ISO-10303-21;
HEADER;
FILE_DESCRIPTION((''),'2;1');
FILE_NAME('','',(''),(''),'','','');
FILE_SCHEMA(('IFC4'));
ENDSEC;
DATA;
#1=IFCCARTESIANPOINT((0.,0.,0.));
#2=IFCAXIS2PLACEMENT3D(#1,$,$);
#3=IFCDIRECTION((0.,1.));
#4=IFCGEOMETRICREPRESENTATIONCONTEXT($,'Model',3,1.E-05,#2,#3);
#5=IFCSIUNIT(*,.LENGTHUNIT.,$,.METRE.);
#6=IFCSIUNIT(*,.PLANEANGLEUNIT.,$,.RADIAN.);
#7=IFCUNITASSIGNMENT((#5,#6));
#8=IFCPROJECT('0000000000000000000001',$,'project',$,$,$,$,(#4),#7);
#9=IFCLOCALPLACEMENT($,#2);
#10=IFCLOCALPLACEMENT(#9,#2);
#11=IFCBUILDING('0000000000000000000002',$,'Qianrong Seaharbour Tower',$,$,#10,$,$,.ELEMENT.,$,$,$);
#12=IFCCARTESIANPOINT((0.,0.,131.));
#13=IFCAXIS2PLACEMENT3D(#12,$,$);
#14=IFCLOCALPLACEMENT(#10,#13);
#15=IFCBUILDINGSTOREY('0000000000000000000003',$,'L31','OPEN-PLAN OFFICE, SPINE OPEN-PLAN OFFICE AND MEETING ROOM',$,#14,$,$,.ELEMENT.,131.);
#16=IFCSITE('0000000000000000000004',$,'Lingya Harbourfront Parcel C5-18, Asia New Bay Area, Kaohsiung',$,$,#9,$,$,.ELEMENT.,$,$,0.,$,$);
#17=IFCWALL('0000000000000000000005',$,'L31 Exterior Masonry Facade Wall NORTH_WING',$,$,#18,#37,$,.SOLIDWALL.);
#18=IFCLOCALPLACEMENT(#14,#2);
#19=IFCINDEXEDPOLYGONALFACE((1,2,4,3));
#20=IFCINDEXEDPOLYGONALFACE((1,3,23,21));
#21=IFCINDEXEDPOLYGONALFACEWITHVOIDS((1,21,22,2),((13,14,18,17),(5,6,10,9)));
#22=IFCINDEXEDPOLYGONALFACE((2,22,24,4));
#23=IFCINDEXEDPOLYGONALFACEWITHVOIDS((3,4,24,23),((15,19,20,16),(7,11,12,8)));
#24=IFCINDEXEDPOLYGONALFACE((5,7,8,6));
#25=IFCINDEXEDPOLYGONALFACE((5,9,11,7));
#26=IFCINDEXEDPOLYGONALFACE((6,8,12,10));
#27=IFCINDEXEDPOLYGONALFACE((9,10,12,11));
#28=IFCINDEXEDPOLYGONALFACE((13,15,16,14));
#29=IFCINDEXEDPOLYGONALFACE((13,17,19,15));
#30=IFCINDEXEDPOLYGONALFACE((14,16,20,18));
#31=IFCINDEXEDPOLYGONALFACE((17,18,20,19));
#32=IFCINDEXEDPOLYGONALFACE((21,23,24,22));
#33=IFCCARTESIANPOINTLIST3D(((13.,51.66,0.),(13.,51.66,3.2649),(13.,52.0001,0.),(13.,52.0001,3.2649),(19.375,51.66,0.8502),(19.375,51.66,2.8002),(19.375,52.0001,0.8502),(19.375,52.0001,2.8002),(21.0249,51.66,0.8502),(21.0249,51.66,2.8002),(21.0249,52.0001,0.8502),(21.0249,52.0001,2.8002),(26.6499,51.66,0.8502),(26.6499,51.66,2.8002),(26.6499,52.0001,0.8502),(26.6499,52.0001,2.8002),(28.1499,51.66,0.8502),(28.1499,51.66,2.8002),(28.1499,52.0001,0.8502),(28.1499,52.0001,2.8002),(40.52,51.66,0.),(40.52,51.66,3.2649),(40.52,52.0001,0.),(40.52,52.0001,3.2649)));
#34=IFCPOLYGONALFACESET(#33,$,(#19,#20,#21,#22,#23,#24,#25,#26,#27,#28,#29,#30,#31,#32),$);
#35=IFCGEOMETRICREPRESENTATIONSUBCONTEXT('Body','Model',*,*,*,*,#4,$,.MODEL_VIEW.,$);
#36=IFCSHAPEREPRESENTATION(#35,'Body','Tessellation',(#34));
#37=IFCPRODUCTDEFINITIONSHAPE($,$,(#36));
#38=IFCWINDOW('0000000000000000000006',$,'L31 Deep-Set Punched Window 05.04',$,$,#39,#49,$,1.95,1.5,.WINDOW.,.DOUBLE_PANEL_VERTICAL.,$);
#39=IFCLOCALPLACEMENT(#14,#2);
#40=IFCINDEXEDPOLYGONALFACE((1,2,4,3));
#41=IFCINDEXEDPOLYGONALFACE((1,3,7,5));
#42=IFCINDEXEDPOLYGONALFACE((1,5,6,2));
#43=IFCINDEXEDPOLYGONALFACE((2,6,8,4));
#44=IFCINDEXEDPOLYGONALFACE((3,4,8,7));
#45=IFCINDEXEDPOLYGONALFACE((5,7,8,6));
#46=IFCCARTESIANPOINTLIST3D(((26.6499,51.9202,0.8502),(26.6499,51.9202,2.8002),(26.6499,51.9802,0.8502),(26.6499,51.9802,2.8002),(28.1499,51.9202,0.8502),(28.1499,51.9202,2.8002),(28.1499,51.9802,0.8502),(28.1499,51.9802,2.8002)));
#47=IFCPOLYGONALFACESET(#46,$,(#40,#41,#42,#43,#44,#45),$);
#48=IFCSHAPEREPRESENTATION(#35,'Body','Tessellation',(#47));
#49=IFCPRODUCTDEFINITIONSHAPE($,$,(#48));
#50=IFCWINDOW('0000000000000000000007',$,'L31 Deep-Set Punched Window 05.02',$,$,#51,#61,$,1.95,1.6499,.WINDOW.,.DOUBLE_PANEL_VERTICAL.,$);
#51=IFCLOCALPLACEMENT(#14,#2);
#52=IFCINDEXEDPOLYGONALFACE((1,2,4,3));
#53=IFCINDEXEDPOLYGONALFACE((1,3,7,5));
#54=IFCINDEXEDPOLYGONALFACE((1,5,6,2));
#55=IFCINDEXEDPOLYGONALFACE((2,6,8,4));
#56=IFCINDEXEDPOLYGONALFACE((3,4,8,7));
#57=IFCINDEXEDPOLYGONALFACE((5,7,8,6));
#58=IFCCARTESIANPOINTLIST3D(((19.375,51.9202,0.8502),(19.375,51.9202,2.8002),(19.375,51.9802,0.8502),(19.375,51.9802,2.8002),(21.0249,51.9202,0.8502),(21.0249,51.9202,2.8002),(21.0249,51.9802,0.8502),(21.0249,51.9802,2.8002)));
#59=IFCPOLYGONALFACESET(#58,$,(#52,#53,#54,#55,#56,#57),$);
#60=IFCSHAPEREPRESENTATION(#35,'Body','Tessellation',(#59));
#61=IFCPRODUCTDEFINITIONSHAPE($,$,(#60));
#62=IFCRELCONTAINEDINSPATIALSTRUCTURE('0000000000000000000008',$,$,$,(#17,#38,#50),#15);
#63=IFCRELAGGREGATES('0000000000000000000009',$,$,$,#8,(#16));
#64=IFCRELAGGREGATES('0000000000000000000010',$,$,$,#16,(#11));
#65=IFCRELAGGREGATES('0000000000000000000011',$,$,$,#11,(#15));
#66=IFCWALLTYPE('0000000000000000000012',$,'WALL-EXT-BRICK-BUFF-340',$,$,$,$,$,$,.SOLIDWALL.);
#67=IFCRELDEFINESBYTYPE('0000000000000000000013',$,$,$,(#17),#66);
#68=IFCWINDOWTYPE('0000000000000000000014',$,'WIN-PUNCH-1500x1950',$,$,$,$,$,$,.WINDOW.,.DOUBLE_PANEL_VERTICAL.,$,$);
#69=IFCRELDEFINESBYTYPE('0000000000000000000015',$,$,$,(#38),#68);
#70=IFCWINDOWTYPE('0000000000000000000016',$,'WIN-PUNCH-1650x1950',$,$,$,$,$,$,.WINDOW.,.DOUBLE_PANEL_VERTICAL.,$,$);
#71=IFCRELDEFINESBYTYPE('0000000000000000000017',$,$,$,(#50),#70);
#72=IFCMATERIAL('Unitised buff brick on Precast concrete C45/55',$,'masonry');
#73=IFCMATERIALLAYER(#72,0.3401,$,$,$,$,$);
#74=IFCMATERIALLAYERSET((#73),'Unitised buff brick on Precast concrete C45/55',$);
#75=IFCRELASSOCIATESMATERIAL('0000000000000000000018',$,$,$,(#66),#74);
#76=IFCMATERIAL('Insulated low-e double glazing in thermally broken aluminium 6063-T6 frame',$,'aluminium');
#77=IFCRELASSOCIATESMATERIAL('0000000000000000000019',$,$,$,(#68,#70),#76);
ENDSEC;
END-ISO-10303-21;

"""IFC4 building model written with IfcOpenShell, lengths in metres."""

from ifc_helpers import new_model, si_unit, direction, frame, frame_2d, origin, place, context, subcontext, project, spatial, rectangle, extrude, material, layer, layer_set, type_object, element, fill, save


model = new_model("IFC4")

# Units and contexts
model_context = context("Model", 3, precision=1e-05, world=origin(), true_north=direction((0.0, 1.0)))
body_context = subcontext(model_context, "Body", "Model", "MODEL_VIEW")
ifc_project = project(units=[si_unit("LENGTHUNIT", "METRE"), si_unit("PLANEANGLEUNIT", "RADIAN")], contexts=[model_context])

# Site, building, storey
site_placement = place(None, origin())
site = spatial("IfcSite", under=ifc_project, at=site_placement, Name="Lingya Harbourfront Parcel C5-18, Asia New Bay Area, Kaohsiung", CompositionType="ELEMENT", RefElevation=0.0)
building_placement = place(site_placement, origin())
building = spatial("IfcBuilding", under=site, at=building_placement, Name="Qianrong Seaharbour Tower", CompositionType="ELEMENT")
storey_placement = place(building_placement, frame((0.0, 0.0, 131.0)))
storey = spatial("IfcBuildingStorey", under=building, at=storey_placement, Name="L31", Description="OPEN-PLAN OFFICE, SPINE OPEN-PLAN OFFICE AND MEETING ROOM", CompositionType="ELEMENT", Elevation=131.0)

# Shared definitions
ifc_material_1 = material(Name="Unitised buff brick on Precast concrete C45/55", Category="masonry")
ifc_layer_1 = layer(ifc_material_1, 0.3401)
ifc_layer_set_1 = layer_set([ifc_layer_1], Name="Unitised buff brick on Precast concrete C45/55")
wall_type_1 = type_object("IfcWallType", Name="WALL-EXT-BRICK-BUFF-340", PredefinedType="SOLIDWALL", material=ifc_layer_set_1)

# Wall, openings, windows
wall_1_placement = place(storey_placement, frame((13.0, 51.8301, 0.0), z_axis=(0.0, 0.0, 1.0), x_axis=(1.0, 0.0, 0.0)))
wall_1 = element("IfcWall", 1, at=wall_1_placement, inside=storey, type_object=wall_type_1, Name="L31 Exterior Masonry Facade Wall NORTH_WING", PredefinedType="SOLIDWALL", context=body_context, shape_type="SweptSolid", body=[
    extrude(rectangle(XDim=27.52, YDim=0.3401, at=frame_2d((13.76, 0.0))), origin(), (0.0, 0.0, 1.0), 3.2649),
])
opening_1_placement = place(wall_1_placement, frame((6.375, 0.0, 0.8501)))
opening_1 = element("IfcOpeningElement", 2, at=opening_1_placement, cuts=wall_1, PredefinedType="OPENING", context=body_context, shape_type="SweptSolid", body=[
    extrude(rectangle(XDim=1.6499, YDim=1.95, at=frame_2d((0.825, 0.9751))), frame((0.0, 0.1802, 0.0), z_axis=(0.0, -1.0, 0.0), x_axis=(1.0, 0.0, 0.0)), (0.0, 0.0, 1.0), 0.3601),
])
opening_2_placement = place(wall_1_placement, frame((13.6499, 0.0, 0.8501)))
opening_2 = element("IfcOpeningElement", 3, at=opening_2_placement, cuts=wall_1, PredefinedType="OPENING", context=body_context, shape_type="SweptSolid", body=[
    extrude(rectangle(XDim=1.5, YDim=1.95, at=frame_2d((0.75, 0.9751))), frame((0.0, 0.1802, 0.0), z_axis=(0.0, -1.0, 0.0), x_axis=(1.0, 0.0, 0.0)), (0.0, 0.0, 1.0), 0.3601),
])
ifc_material_2 = material(Name="Insulated low-e double glazing in thermally broken aluminium 6063-T6 frame", Category="aluminium")
window_type_1 = type_object("IfcWindowType", Name="WIN-PUNCH-1500x1950", PartitioningType="DOUBLE_PANEL_VERTICAL", PredefinedType="WINDOW", material=ifc_material_2)
window_1_placement = place(opening_2_placement, origin())
window_1 = element("IfcWindow", 4, at=window_1_placement, inside=storey, type_object=window_type_1, Name="L31 Deep-Set Punched Window 05.04", OverallHeight=1.95, OverallWidth=1.5, PartitioningType="DOUBLE_PANEL_VERTICAL", PredefinedType="WINDOW", context=body_context, shape_type="SweptSolid", body=[
    extrude(rectangle(XDim=1.5, YDim=1.95, at=frame_2d((0.75, 0.9751))), frame((0.0, 0.1501, 0.0), z_axis=(0.0, -1.0, 0.0), x_axis=(1.0, 0.0, 0.0)), (0.0, 0.0, 1.0), 0.0601),
])
fill(opening_2, window_1)
window_type_2 = type_object("IfcWindowType", Name="WIN-PUNCH-1650x1950", PartitioningType="DOUBLE_PANEL_VERTICAL", PredefinedType="WINDOW", material=ifc_material_2)
window_2_placement = place(opening_1_placement, origin())
window_2 = element("IfcWindow", 5, at=window_2_placement, inside=storey, type_object=window_type_2, Name="L31 Deep-Set Punched Window 05.02", OverallHeight=1.95, OverallWidth=1.6499, PartitioningType="DOUBLE_PANEL_VERTICAL", PredefinedType="WINDOW", context=body_context, shape_type="SweptSolid", body=[
    extrude(rectangle(XDim=1.6499, YDim=1.95, at=frame_2d((0.825, 0.9751))), frame((0.0, 0.1501, 0.0), z_axis=(0.0, -1.0, 0.0), x_axis=(1.0, 0.0, 0.0)), (0.0, 0.0, 1.0), 0.0601),
])
fill(opening_1, window_2)

save(model, "model.ifc")
